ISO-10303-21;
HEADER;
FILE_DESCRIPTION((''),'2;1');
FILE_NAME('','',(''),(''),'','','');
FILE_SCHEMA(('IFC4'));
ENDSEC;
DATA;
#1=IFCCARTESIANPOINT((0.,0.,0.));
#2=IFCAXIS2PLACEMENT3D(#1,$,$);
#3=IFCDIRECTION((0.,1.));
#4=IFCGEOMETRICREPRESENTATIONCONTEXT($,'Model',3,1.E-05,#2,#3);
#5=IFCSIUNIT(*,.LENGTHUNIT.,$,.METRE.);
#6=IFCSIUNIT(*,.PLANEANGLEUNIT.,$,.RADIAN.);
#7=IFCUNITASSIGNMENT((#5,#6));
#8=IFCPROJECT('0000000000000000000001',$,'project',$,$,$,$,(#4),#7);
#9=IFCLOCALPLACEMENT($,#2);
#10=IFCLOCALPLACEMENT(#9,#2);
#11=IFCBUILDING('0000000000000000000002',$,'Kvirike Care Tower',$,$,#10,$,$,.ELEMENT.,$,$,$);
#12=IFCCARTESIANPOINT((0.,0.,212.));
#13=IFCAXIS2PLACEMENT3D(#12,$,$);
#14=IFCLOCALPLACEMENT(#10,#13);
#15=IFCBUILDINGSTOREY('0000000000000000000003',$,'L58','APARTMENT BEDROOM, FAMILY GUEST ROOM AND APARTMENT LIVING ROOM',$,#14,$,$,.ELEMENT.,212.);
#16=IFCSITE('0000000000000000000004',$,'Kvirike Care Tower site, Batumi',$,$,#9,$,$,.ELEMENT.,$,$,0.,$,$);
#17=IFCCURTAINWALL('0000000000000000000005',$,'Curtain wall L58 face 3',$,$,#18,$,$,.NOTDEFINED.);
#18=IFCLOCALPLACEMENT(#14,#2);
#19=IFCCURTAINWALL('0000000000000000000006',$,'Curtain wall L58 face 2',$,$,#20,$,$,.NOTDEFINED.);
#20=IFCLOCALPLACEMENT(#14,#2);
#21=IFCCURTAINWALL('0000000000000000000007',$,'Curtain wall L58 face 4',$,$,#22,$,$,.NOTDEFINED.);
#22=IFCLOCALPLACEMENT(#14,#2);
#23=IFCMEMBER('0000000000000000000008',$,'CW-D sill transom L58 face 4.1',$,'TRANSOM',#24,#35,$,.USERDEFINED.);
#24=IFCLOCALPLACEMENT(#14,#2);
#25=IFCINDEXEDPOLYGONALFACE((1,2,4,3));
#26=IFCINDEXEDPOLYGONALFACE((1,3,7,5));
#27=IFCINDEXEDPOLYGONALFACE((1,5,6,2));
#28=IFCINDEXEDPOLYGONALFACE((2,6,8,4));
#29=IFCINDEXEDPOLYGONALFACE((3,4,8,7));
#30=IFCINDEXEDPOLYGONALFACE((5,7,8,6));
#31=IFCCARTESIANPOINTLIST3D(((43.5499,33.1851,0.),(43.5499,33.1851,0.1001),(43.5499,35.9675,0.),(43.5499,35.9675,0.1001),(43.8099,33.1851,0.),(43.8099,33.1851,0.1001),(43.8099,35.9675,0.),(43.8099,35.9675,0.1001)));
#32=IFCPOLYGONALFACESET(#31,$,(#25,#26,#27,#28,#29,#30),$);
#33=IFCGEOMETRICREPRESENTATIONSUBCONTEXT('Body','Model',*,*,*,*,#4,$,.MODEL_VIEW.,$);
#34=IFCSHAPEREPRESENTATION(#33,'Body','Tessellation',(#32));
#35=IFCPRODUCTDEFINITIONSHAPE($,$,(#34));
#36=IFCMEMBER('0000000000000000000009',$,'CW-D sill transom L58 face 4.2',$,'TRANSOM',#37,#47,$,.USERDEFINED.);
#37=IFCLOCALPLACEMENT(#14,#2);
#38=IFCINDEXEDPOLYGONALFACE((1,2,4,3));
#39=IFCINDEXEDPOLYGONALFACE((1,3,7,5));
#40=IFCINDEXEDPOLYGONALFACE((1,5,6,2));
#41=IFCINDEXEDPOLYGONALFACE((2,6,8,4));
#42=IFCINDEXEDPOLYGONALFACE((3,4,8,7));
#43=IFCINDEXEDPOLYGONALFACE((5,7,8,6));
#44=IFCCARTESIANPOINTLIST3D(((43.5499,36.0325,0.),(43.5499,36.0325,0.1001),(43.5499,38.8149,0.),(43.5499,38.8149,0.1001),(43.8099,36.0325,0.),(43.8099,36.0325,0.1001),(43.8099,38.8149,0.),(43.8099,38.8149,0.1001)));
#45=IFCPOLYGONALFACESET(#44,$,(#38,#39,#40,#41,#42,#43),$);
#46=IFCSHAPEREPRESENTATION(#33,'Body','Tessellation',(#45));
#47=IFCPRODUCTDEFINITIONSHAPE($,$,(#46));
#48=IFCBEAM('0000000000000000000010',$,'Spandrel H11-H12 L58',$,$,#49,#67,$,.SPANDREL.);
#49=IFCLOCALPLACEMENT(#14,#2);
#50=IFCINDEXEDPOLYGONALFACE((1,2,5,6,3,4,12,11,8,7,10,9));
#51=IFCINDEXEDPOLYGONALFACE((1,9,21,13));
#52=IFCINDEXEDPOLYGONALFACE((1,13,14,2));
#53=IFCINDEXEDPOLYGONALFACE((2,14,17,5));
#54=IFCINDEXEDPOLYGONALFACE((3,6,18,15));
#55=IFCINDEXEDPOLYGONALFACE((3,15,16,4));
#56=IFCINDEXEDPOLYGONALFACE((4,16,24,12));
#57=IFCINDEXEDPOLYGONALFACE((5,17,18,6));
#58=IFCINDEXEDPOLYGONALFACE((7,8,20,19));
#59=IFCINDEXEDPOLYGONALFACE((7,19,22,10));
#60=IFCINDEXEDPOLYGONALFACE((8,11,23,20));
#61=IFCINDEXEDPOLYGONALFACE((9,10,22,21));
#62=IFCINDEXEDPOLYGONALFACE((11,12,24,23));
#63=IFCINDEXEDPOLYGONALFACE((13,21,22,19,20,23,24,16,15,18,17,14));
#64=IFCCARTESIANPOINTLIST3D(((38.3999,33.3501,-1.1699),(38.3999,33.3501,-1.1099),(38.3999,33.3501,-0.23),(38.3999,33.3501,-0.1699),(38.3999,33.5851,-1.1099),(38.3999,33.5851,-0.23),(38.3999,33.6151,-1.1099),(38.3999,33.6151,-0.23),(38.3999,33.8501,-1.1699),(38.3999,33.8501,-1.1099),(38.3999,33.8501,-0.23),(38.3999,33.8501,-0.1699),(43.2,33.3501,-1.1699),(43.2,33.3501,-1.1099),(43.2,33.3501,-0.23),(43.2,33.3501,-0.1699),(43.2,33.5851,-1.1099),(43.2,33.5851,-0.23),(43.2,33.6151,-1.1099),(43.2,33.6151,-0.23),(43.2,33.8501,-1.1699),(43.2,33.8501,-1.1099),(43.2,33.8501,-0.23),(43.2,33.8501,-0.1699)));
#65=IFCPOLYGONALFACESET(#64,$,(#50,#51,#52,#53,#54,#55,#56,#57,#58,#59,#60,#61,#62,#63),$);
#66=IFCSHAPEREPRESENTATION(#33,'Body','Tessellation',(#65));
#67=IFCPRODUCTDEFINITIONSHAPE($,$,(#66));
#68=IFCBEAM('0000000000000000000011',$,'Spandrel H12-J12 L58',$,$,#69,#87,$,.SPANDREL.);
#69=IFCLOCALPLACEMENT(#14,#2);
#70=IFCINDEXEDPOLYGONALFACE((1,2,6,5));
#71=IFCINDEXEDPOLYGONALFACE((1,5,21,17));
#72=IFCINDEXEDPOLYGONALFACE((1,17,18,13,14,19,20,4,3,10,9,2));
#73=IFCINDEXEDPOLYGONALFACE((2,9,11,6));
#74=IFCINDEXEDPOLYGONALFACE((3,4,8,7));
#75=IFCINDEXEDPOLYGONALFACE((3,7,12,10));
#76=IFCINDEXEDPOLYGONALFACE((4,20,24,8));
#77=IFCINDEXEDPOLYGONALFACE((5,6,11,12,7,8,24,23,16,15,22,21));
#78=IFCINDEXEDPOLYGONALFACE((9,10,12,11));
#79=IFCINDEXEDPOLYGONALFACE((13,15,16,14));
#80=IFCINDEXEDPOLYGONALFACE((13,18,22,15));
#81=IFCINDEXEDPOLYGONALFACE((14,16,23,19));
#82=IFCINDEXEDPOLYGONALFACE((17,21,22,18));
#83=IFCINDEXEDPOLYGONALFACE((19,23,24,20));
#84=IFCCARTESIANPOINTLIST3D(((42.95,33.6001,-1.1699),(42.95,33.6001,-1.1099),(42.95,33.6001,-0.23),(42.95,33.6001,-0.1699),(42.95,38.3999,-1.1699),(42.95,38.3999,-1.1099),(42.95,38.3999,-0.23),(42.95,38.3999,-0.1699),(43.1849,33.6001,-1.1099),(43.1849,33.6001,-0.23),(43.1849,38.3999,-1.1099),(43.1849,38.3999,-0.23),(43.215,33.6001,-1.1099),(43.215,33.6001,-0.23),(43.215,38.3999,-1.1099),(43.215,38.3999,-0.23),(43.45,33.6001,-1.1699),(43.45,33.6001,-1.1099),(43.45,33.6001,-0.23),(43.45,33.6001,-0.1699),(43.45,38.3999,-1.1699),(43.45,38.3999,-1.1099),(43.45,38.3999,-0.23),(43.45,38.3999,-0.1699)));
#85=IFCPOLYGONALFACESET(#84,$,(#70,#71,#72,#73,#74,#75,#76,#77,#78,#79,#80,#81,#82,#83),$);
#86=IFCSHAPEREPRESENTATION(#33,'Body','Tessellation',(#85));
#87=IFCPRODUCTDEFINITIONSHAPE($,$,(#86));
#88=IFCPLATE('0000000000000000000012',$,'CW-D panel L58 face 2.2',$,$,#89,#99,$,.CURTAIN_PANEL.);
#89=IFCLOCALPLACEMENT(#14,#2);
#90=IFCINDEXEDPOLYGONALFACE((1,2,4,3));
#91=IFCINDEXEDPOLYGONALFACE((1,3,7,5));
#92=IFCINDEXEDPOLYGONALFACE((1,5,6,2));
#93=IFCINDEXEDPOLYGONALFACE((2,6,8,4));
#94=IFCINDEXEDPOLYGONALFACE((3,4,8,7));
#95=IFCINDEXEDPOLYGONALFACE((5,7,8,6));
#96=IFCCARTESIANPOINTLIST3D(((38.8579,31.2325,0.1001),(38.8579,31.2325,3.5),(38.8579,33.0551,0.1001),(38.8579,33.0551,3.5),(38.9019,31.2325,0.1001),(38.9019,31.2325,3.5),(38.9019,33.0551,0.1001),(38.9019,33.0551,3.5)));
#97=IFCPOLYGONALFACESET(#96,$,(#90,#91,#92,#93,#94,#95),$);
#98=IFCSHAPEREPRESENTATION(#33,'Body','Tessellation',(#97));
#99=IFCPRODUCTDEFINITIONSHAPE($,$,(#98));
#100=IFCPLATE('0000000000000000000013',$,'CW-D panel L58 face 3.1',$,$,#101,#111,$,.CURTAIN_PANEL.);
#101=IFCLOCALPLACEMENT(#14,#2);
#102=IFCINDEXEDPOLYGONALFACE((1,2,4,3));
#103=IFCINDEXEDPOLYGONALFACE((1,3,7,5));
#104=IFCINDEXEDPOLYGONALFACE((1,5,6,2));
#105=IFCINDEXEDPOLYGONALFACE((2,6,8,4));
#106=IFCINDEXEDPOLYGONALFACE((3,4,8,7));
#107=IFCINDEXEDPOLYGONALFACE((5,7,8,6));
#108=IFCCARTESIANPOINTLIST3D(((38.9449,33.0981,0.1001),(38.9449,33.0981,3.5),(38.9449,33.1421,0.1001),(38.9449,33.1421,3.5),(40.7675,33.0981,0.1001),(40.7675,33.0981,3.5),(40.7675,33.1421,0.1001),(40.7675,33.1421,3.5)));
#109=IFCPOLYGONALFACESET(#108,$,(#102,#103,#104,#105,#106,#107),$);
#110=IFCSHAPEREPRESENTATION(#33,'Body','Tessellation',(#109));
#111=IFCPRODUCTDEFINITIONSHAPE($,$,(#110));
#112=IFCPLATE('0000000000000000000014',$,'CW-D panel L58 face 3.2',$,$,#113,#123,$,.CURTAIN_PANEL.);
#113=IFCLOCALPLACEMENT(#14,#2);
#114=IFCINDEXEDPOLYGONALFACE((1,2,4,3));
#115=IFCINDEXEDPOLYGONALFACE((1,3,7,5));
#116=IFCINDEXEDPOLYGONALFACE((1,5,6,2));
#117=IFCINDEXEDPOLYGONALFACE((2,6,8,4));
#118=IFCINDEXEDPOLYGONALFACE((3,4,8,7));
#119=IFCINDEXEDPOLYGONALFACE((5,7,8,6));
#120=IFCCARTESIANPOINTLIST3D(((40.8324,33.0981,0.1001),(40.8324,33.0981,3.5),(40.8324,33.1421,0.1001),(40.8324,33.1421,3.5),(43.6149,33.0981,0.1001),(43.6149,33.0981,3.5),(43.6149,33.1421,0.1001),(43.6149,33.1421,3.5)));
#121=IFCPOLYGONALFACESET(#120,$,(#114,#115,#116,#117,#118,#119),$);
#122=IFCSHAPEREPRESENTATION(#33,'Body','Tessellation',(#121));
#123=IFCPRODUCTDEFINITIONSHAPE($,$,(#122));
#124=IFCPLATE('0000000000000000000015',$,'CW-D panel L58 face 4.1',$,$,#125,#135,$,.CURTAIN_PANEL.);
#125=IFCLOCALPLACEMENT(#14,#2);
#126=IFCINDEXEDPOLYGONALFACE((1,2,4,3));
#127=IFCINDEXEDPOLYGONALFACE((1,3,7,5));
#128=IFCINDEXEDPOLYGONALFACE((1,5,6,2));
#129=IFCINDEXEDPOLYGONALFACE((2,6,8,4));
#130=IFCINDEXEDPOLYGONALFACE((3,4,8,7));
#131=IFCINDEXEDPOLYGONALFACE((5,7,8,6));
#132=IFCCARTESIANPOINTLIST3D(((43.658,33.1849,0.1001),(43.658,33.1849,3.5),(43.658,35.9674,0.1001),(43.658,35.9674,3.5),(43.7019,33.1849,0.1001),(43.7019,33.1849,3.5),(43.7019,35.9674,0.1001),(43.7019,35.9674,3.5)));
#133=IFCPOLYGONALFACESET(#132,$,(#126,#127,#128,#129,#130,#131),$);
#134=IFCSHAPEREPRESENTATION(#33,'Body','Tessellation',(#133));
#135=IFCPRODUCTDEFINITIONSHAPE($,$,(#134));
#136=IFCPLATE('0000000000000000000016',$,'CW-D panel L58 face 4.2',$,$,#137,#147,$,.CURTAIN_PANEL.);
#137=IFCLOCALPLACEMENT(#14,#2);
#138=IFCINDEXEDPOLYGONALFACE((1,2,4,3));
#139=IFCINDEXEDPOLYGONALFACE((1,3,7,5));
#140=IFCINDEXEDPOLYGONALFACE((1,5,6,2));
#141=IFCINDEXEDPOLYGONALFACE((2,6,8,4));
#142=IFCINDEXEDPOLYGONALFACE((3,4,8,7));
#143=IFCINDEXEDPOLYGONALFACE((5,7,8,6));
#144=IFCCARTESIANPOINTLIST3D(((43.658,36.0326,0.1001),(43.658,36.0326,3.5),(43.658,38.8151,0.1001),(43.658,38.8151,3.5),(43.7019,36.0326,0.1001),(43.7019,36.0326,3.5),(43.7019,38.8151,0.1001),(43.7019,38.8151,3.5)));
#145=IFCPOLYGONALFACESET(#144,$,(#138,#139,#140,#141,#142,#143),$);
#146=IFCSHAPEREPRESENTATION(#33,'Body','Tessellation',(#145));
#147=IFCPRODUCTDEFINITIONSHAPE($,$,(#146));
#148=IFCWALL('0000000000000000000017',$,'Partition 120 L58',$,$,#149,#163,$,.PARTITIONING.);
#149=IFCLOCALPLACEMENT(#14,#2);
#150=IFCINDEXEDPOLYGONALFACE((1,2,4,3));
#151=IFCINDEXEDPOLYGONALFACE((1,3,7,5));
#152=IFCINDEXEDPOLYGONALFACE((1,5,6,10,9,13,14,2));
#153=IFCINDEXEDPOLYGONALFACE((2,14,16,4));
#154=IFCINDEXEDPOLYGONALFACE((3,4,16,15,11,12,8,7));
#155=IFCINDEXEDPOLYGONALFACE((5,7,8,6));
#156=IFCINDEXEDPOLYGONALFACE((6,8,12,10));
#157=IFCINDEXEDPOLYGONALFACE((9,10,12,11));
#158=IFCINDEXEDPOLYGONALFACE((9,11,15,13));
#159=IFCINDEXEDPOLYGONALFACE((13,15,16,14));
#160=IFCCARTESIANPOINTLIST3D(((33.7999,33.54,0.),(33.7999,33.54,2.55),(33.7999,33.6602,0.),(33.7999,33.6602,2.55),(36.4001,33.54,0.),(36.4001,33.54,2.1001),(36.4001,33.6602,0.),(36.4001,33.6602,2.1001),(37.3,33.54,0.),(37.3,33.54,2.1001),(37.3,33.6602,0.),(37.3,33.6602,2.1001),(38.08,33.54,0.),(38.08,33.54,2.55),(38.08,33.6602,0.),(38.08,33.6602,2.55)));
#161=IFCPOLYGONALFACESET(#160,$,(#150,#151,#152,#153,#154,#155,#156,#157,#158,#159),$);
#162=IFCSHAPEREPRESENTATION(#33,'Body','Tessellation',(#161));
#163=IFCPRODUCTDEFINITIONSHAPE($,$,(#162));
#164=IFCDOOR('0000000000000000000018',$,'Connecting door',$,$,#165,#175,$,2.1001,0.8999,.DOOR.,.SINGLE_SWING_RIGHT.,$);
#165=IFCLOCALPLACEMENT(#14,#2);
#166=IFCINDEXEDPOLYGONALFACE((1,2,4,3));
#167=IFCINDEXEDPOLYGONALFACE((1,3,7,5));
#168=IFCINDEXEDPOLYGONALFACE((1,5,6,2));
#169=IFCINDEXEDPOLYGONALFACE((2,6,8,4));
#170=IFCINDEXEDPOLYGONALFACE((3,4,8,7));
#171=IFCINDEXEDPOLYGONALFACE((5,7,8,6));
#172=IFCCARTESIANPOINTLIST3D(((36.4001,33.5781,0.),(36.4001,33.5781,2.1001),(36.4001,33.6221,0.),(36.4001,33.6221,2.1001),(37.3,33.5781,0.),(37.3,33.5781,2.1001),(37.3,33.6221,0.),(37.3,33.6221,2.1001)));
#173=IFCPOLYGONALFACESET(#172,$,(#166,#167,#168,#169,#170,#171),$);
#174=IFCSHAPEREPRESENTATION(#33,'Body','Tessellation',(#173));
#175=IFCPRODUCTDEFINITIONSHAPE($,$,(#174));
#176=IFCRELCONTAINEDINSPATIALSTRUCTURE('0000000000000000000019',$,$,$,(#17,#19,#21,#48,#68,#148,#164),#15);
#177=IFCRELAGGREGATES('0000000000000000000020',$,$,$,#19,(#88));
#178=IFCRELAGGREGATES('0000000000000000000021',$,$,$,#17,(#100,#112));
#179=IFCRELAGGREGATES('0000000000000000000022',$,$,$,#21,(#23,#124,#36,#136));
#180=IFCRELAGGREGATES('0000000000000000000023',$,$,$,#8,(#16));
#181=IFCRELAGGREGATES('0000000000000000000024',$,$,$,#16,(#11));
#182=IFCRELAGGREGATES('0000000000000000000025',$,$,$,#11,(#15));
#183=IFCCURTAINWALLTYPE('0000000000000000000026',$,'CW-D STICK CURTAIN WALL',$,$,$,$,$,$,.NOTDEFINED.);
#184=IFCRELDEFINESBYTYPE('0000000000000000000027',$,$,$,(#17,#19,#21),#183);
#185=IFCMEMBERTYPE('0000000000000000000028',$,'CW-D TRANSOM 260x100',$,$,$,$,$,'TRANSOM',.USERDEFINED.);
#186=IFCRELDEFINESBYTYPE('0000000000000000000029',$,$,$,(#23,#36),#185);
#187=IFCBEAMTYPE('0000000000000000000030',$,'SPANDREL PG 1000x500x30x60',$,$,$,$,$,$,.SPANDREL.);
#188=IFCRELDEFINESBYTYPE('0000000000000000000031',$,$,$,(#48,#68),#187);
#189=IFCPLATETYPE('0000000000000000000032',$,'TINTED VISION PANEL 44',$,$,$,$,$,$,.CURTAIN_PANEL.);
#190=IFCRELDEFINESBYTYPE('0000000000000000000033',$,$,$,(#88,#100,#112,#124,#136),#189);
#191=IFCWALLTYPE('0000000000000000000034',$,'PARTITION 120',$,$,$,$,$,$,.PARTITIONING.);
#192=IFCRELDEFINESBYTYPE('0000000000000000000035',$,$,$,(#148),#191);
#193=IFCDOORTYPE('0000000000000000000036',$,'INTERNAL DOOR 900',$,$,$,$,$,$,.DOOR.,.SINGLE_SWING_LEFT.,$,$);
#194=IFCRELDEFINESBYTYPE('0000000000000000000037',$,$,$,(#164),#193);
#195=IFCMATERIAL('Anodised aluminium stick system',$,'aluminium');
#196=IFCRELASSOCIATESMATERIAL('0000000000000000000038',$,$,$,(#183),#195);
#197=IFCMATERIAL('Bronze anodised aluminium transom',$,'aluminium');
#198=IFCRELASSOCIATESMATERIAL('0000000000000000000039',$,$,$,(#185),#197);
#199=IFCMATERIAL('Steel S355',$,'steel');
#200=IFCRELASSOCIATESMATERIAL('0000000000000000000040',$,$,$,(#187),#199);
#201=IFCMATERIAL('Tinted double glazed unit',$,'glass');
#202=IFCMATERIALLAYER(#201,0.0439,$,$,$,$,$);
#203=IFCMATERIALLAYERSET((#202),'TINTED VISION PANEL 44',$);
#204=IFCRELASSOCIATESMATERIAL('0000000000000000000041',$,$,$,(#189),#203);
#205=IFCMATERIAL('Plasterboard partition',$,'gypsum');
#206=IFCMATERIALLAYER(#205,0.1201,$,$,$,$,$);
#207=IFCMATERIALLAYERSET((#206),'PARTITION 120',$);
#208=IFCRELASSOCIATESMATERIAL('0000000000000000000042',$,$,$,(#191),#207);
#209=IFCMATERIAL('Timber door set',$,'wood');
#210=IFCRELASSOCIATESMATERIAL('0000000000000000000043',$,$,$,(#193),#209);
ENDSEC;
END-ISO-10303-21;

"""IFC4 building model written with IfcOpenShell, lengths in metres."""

from ifc_helpers import new_model, si_unit, direction, frame, frame_2d, origin, origin_2d, place, context, subcontext, project, spatial, rectangle, i_section, extrude, material, layer, layer_set, material_profile, profile_set, type_object, element, fill, aggregate, save


model = new_model("IFC4")

# Units and contexts
model_context = context("Model", 3, precision=1e-05, world=origin(), true_north=direction((0.0, 1.0)))
body_context = subcontext(model_context, "Body", "Model", "MODEL_VIEW")
ifc_project = project(units=[si_unit("LENGTHUNIT", "METRE"), si_unit("PLANEANGLEUNIT", "RADIAN")], contexts=[model_context])

# Site, building, storey
site_placement = place(None, origin())
site = spatial("IfcSite", under=ifc_project, at=site_placement, Name="Kvirike Care Tower site, Batumi", CompositionType="ELEMENT", RefElevation=0.0)
building_placement = place(site_placement, origin())
building = spatial("IfcBuilding", under=site, at=building_placement, Name="Kvirike Care Tower", CompositionType="ELEMENT")
storey_placement = place(building_placement, frame((0.0, 0.0, 212.0)))
storey = spatial("IfcBuildingStorey", under=building, at=storey_placement, Name="L58", Description="APARTMENT BEDROOM, FAMILY GUEST ROOM AND APARTMENT LIVING ROOM", CompositionType="ELEMENT", Elevation=212.0)

# Curtain walls
ifc_material_1 = material(Name="Anodised aluminium stick system", Category="aluminium")
curtain_wall_type = type_object("IfcCurtainWallType", Name="CW-D STICK CURTAIN WALL", PredefinedType="NOTDEFINED", material=ifc_material_1)
curtain_wall_1_placement = place(storey_placement, origin())
curtain_wall_1 = element("IfcCurtainWall", 1, at=curtain_wall_1_placement, inside=storey, type_object=curtain_wall_type, Name="Curtain wall L58 face 3", PredefinedType="NOTDEFINED")
curtain_wall_2_placement = place(storey_placement, origin())
curtain_wall_2 = element("IfcCurtainWall", 2, at=curtain_wall_2_placement, inside=storey, type_object=curtain_wall_type, Name="Curtain wall L58 face 2", PredefinedType="NOTDEFINED")

# Curtain wall
curtain_wall_3_placement = place(storey_placement, origin())
curtain_wall_3 = element("IfcCurtainWall", 3, at=curtain_wall_3_placement, inside=storey, type_object=curtain_wall_type, Name="Curtain wall L58 face 4", PredefinedType="NOTDEFINED")

# Members
ifc_material_2 = material(Name="Bronze anodised aluminium transom", Category="aluminium")
ifc_material_profile_1 = material_profile(ifc_material_2, rectangle(XDim=0.26, YDim=0.1001, at=origin_2d()), Name="CW-D TRANSOM 260x100")
ifc_profile_set_1 = profile_set([ifc_material_profile_1], Name="Bronze anodised aluminium transom")
member_type_1 = type_object("IfcMemberType", Name="CW-D TRANSOM 260x100", ElementType="TRANSOM", PredefinedType="USERDEFINED", material=ifc_profile_set_1)
member_1_placement = place(storey_placement, frame((43.6799, 33.1851, 0.05), z_axis=(0.0, 1.0, 0.0), x_axis=(-1.0, 0.0, 0.0)))
member_1 = element("IfcMember", 4, at=member_1_placement, type_object=member_type_1, Name="CW-D sill transom L58 face 4.1", ObjectType="TRANSOM", PredefinedType="USERDEFINED", context=body_context, shape_type="SweptSolid", body=[
    extrude(rectangle(XDim=0.26, YDim=0.1001, at=origin_2d()), origin(), (0.0, 0.0, 1.0), 2.7825),
])
member_2_placement = place(storey_placement, frame((43.6799, 36.0325, 0.05), z_axis=(0.0, 1.0, 0.0), x_axis=(-1.0, 0.0, 0.0)))
member_2 = element("IfcMember", 5, at=member_2_placement, type_object=member_type_1, Name="CW-D sill transom L58 face 4.2", ObjectType="TRANSOM", PredefinedType="USERDEFINED", context=body_context, shape_type="SweptSolid", body=[
    extrude(rectangle(XDim=0.26, YDim=0.1001, at=origin_2d()), origin(), (0.0, 0.0, 1.0), 2.7825),
])

# Beams
ifc_material_3 = material(Name="Steel S355", Category="steel")
ifc_material_profile_2 = material_profile(ifc_material_3, i_section(OverallWidth=0.5, OverallDepth=1.0, WebThickness=0.03, FlangeThickness=0.0601, at=origin_2d()), Name="PG 1000x500x30x60")
ifc_profile_set_2 = profile_set([ifc_material_profile_2], Name="Steel S355")
beam_type = type_object("IfcBeamType", Name="SPANDREL PG 1000x500x30x60", PredefinedType="SPANDREL", material=ifc_profile_set_2)
beam_1_placement = place(storey_placement, frame((38.3999, 33.6001, -0.6699), z_axis=(1.0, 0.0, 0.0), x_axis=(0.0, 1.0, 0.0)))
element("IfcBeam", 6, at=beam_1_placement, inside=storey, type_object=beam_type, Name="Spandrel H11-H12 L58", PredefinedType="SPANDREL", context=body_context, shape_type="SweptSolid", body=[
    extrude(i_section(OverallWidth=0.5, OverallDepth=1.0, WebThickness=0.03, FlangeThickness=0.0601, at=origin_2d()), origin(), (0.0, 0.0, 1.0), 4.8),
])
beam_2_placement = place(storey_placement, frame((43.2, 33.6001, -0.6699), z_axis=(0.0, 1.0, 0.0), x_axis=(-1.0, 0.0, 0.0)))
element("IfcBeam", 7, at=beam_2_placement, inside=storey, type_object=beam_type, Name="Spandrel H12-J12 L58", PredefinedType="SPANDREL", context=body_context, shape_type="SweptSolid", body=[
    extrude(i_section(OverallWidth=0.5, OverallDepth=1.0, WebThickness=0.03, FlangeThickness=0.0601, at=origin_2d()), origin(), (0.0, 0.0, 1.0), 4.7998),
])

# Plates
ifc_material_4 = material(Name="Tinted double glazed unit", Category="glass")
ifc_layer_1 = layer(ifc_material_4, 0.0439)
ifc_layer_set_1 = layer_set([ifc_layer_1], Name="TINTED VISION PANEL 44")
plate_type = type_object("IfcPlateType", Name="TINTED VISION PANEL 44", PredefinedType="CURTAIN_PANEL", material=ifc_layer_set_1)
plate_1_placement = place(storey_placement, frame((38.8799, 32.1438, 0.1001), z_axis=(0.0, 0.0, 1.0), x_axis=(0.0, 1.0, 0.0)))
plate_1 = element("IfcPlate", 8, at=plate_1_placement, type_object=plate_type, Name="CW-D panel L58 face 2.2", PredefinedType="CURTAIN_PANEL", context=body_context, shape_type="SweptSolid", body=[
    extrude(rectangle(XDim=1.8225, YDim=0.0439, at=origin_2d()), origin(), (0.0, 0.0, 1.0), 3.3999),
])
aggregate(curtain_wall_2, [plate_1])
plate_2_placement = place(storey_placement, frame((39.8562, 33.1201, 0.1001), z_axis=(0.0, 0.0, 1.0), x_axis=(1.0, 0.0, 0.0)))
plate_2 = element("IfcPlate", 9, at=plate_2_placement, type_object=plate_type, Name="CW-D panel L58 face 3.1", PredefinedType="CURTAIN_PANEL", context=body_context, shape_type="SweptSolid", body=[
    extrude(rectangle(XDim=1.8225, YDim=0.0439, at=origin_2d()), origin(), (0.0, 0.0, 1.0), 3.3999),
])
plate_3_placement = place(storey_placement, frame((42.2236, 33.1201, 0.1001), z_axis=(0.0, 0.0, 1.0), x_axis=(1.0, 0.0, 0.0)))
plate_3 = element("IfcPlate", 10, at=plate_3_placement, type_object=plate_type, Name="CW-D panel L58 face 3.2", PredefinedType="CURTAIN_PANEL", context=body_context, shape_type="SweptSolid", body=[
    extrude(rectangle(XDim=2.7825, YDim=0.0439, at=origin_2d()), origin(), (0.0, 0.0, 1.0), 3.3999),
])
aggregate(curtain_wall_1, [plate_2, plate_3])
plate_4_placement = place(storey_placement, frame((43.6799, 34.5762, 0.1001), z_axis=(0.0, 0.0, 1.0), x_axis=(0.0, 1.0, 0.0)))
plate_4 = element("IfcPlate", 11, at=plate_4_placement, type_object=plate_type, Name="CW-D panel L58 face 4.1", PredefinedType="CURTAIN_PANEL", context=body_context, shape_type="SweptSolid", body=[
    extrude(rectangle(XDim=2.7825, YDim=0.0439, at=origin_2d()), origin(), (0.0, 0.0, 1.0), 3.3999),
])
plate_5_placement = place(storey_placement, frame((43.6799, 37.4238, 0.1001), z_axis=(0.0, 0.0, 1.0), x_axis=(0.0, 1.0, 0.0)))
plate_5 = element("IfcPlate", 12, at=plate_5_placement, type_object=plate_type, Name="CW-D panel L58 face 4.2", PredefinedType="CURTAIN_PANEL", context=body_context, shape_type="SweptSolid", body=[
    extrude(rectangle(XDim=2.7825, YDim=0.0439, at=origin_2d()), origin(), (0.0, 0.0, 1.0), 3.3999),
])
aggregate(curtain_wall_3, [member_1, plate_4, member_2, plate_5])

# Wall, opening, door
ifc_material_5 = material(Name="Plasterboard partition", Category="gypsum")
ifc_layer_2 = layer(ifc_material_5, 0.1201)
ifc_layer_set_2 = layer_set([ifc_layer_2], Name="PARTITION 120")
wall_type_1 = type_object("IfcWallType", Name="PARTITION 120", PredefinedType="PARTITIONING", material=ifc_layer_set_2)
wall_1_placement = place(storey_placement, frame((38.0801, 33.6001, 0.0), z_axis=(0.0, 0.0, 1.0), x_axis=(-1.0, 0.0, 0.0)))
wall_1 = element("IfcWall", 13, at=wall_1_placement, inside=storey, type_object=wall_type_1, Name="Partition 120 L58", PredefinedType="PARTITIONING", context=body_context, shape_type="SweptSolid", body=[
    extrude(rectangle(XDim=4.28, YDim=0.1201, at=frame_2d((2.1401, 0.0))), origin(), (0.0, 0.0, 1.0), 2.55),
])
opening_1_placement = place(wall_1_placement, frame((0.78, 0.0, 0.0)))
opening_1 = element("IfcOpeningElement", 14, at=opening_1_placement, cuts=wall_1, PredefinedType="OPENING", context=body_context, shape_type="SweptSolid", body=[
    extrude(rectangle(XDim=0.8999, YDim=2.1001, at=frame_2d((0.45, 1.05))), frame((0.0, 0.0706, 0.0), z_axis=(0.0, -1.0, 0.0), x_axis=(1.0, 0.0, 0.0)), (0.0, 0.0, 1.0), 0.1411),
])
ifc_material_6 = material(Name="Timber door set", Category="wood")
door_type = type_object("IfcDoorType", Name="INTERNAL DOOR 900", OperationType="SINGLE_SWING_LEFT", PredefinedType="DOOR", material=ifc_material_6)
door_1_placement = place(opening_1_placement, origin())
door_1 = element("IfcDoor", 15, at=door_1_placement, inside=storey, type_object=door_type, Name="Connecting door", OperationType="SINGLE_SWING_RIGHT", OverallHeight=2.1001, OverallWidth=0.8999, PredefinedType="DOOR", context=body_context, shape_type="SweptSolid", body=[
    extrude(rectangle(XDim=0.8999, YDim=2.1001, at=frame_2d((0.45, 1.05))), frame((0.0, 0.022, 0.0), z_axis=(0.0, -1.0, 0.0), x_axis=(1.0, 0.0, 0.0)), (0.0, 0.0, 1.0), 0.0439),
])
fill(opening_1, door_1)

save(model, "model.ifc")
